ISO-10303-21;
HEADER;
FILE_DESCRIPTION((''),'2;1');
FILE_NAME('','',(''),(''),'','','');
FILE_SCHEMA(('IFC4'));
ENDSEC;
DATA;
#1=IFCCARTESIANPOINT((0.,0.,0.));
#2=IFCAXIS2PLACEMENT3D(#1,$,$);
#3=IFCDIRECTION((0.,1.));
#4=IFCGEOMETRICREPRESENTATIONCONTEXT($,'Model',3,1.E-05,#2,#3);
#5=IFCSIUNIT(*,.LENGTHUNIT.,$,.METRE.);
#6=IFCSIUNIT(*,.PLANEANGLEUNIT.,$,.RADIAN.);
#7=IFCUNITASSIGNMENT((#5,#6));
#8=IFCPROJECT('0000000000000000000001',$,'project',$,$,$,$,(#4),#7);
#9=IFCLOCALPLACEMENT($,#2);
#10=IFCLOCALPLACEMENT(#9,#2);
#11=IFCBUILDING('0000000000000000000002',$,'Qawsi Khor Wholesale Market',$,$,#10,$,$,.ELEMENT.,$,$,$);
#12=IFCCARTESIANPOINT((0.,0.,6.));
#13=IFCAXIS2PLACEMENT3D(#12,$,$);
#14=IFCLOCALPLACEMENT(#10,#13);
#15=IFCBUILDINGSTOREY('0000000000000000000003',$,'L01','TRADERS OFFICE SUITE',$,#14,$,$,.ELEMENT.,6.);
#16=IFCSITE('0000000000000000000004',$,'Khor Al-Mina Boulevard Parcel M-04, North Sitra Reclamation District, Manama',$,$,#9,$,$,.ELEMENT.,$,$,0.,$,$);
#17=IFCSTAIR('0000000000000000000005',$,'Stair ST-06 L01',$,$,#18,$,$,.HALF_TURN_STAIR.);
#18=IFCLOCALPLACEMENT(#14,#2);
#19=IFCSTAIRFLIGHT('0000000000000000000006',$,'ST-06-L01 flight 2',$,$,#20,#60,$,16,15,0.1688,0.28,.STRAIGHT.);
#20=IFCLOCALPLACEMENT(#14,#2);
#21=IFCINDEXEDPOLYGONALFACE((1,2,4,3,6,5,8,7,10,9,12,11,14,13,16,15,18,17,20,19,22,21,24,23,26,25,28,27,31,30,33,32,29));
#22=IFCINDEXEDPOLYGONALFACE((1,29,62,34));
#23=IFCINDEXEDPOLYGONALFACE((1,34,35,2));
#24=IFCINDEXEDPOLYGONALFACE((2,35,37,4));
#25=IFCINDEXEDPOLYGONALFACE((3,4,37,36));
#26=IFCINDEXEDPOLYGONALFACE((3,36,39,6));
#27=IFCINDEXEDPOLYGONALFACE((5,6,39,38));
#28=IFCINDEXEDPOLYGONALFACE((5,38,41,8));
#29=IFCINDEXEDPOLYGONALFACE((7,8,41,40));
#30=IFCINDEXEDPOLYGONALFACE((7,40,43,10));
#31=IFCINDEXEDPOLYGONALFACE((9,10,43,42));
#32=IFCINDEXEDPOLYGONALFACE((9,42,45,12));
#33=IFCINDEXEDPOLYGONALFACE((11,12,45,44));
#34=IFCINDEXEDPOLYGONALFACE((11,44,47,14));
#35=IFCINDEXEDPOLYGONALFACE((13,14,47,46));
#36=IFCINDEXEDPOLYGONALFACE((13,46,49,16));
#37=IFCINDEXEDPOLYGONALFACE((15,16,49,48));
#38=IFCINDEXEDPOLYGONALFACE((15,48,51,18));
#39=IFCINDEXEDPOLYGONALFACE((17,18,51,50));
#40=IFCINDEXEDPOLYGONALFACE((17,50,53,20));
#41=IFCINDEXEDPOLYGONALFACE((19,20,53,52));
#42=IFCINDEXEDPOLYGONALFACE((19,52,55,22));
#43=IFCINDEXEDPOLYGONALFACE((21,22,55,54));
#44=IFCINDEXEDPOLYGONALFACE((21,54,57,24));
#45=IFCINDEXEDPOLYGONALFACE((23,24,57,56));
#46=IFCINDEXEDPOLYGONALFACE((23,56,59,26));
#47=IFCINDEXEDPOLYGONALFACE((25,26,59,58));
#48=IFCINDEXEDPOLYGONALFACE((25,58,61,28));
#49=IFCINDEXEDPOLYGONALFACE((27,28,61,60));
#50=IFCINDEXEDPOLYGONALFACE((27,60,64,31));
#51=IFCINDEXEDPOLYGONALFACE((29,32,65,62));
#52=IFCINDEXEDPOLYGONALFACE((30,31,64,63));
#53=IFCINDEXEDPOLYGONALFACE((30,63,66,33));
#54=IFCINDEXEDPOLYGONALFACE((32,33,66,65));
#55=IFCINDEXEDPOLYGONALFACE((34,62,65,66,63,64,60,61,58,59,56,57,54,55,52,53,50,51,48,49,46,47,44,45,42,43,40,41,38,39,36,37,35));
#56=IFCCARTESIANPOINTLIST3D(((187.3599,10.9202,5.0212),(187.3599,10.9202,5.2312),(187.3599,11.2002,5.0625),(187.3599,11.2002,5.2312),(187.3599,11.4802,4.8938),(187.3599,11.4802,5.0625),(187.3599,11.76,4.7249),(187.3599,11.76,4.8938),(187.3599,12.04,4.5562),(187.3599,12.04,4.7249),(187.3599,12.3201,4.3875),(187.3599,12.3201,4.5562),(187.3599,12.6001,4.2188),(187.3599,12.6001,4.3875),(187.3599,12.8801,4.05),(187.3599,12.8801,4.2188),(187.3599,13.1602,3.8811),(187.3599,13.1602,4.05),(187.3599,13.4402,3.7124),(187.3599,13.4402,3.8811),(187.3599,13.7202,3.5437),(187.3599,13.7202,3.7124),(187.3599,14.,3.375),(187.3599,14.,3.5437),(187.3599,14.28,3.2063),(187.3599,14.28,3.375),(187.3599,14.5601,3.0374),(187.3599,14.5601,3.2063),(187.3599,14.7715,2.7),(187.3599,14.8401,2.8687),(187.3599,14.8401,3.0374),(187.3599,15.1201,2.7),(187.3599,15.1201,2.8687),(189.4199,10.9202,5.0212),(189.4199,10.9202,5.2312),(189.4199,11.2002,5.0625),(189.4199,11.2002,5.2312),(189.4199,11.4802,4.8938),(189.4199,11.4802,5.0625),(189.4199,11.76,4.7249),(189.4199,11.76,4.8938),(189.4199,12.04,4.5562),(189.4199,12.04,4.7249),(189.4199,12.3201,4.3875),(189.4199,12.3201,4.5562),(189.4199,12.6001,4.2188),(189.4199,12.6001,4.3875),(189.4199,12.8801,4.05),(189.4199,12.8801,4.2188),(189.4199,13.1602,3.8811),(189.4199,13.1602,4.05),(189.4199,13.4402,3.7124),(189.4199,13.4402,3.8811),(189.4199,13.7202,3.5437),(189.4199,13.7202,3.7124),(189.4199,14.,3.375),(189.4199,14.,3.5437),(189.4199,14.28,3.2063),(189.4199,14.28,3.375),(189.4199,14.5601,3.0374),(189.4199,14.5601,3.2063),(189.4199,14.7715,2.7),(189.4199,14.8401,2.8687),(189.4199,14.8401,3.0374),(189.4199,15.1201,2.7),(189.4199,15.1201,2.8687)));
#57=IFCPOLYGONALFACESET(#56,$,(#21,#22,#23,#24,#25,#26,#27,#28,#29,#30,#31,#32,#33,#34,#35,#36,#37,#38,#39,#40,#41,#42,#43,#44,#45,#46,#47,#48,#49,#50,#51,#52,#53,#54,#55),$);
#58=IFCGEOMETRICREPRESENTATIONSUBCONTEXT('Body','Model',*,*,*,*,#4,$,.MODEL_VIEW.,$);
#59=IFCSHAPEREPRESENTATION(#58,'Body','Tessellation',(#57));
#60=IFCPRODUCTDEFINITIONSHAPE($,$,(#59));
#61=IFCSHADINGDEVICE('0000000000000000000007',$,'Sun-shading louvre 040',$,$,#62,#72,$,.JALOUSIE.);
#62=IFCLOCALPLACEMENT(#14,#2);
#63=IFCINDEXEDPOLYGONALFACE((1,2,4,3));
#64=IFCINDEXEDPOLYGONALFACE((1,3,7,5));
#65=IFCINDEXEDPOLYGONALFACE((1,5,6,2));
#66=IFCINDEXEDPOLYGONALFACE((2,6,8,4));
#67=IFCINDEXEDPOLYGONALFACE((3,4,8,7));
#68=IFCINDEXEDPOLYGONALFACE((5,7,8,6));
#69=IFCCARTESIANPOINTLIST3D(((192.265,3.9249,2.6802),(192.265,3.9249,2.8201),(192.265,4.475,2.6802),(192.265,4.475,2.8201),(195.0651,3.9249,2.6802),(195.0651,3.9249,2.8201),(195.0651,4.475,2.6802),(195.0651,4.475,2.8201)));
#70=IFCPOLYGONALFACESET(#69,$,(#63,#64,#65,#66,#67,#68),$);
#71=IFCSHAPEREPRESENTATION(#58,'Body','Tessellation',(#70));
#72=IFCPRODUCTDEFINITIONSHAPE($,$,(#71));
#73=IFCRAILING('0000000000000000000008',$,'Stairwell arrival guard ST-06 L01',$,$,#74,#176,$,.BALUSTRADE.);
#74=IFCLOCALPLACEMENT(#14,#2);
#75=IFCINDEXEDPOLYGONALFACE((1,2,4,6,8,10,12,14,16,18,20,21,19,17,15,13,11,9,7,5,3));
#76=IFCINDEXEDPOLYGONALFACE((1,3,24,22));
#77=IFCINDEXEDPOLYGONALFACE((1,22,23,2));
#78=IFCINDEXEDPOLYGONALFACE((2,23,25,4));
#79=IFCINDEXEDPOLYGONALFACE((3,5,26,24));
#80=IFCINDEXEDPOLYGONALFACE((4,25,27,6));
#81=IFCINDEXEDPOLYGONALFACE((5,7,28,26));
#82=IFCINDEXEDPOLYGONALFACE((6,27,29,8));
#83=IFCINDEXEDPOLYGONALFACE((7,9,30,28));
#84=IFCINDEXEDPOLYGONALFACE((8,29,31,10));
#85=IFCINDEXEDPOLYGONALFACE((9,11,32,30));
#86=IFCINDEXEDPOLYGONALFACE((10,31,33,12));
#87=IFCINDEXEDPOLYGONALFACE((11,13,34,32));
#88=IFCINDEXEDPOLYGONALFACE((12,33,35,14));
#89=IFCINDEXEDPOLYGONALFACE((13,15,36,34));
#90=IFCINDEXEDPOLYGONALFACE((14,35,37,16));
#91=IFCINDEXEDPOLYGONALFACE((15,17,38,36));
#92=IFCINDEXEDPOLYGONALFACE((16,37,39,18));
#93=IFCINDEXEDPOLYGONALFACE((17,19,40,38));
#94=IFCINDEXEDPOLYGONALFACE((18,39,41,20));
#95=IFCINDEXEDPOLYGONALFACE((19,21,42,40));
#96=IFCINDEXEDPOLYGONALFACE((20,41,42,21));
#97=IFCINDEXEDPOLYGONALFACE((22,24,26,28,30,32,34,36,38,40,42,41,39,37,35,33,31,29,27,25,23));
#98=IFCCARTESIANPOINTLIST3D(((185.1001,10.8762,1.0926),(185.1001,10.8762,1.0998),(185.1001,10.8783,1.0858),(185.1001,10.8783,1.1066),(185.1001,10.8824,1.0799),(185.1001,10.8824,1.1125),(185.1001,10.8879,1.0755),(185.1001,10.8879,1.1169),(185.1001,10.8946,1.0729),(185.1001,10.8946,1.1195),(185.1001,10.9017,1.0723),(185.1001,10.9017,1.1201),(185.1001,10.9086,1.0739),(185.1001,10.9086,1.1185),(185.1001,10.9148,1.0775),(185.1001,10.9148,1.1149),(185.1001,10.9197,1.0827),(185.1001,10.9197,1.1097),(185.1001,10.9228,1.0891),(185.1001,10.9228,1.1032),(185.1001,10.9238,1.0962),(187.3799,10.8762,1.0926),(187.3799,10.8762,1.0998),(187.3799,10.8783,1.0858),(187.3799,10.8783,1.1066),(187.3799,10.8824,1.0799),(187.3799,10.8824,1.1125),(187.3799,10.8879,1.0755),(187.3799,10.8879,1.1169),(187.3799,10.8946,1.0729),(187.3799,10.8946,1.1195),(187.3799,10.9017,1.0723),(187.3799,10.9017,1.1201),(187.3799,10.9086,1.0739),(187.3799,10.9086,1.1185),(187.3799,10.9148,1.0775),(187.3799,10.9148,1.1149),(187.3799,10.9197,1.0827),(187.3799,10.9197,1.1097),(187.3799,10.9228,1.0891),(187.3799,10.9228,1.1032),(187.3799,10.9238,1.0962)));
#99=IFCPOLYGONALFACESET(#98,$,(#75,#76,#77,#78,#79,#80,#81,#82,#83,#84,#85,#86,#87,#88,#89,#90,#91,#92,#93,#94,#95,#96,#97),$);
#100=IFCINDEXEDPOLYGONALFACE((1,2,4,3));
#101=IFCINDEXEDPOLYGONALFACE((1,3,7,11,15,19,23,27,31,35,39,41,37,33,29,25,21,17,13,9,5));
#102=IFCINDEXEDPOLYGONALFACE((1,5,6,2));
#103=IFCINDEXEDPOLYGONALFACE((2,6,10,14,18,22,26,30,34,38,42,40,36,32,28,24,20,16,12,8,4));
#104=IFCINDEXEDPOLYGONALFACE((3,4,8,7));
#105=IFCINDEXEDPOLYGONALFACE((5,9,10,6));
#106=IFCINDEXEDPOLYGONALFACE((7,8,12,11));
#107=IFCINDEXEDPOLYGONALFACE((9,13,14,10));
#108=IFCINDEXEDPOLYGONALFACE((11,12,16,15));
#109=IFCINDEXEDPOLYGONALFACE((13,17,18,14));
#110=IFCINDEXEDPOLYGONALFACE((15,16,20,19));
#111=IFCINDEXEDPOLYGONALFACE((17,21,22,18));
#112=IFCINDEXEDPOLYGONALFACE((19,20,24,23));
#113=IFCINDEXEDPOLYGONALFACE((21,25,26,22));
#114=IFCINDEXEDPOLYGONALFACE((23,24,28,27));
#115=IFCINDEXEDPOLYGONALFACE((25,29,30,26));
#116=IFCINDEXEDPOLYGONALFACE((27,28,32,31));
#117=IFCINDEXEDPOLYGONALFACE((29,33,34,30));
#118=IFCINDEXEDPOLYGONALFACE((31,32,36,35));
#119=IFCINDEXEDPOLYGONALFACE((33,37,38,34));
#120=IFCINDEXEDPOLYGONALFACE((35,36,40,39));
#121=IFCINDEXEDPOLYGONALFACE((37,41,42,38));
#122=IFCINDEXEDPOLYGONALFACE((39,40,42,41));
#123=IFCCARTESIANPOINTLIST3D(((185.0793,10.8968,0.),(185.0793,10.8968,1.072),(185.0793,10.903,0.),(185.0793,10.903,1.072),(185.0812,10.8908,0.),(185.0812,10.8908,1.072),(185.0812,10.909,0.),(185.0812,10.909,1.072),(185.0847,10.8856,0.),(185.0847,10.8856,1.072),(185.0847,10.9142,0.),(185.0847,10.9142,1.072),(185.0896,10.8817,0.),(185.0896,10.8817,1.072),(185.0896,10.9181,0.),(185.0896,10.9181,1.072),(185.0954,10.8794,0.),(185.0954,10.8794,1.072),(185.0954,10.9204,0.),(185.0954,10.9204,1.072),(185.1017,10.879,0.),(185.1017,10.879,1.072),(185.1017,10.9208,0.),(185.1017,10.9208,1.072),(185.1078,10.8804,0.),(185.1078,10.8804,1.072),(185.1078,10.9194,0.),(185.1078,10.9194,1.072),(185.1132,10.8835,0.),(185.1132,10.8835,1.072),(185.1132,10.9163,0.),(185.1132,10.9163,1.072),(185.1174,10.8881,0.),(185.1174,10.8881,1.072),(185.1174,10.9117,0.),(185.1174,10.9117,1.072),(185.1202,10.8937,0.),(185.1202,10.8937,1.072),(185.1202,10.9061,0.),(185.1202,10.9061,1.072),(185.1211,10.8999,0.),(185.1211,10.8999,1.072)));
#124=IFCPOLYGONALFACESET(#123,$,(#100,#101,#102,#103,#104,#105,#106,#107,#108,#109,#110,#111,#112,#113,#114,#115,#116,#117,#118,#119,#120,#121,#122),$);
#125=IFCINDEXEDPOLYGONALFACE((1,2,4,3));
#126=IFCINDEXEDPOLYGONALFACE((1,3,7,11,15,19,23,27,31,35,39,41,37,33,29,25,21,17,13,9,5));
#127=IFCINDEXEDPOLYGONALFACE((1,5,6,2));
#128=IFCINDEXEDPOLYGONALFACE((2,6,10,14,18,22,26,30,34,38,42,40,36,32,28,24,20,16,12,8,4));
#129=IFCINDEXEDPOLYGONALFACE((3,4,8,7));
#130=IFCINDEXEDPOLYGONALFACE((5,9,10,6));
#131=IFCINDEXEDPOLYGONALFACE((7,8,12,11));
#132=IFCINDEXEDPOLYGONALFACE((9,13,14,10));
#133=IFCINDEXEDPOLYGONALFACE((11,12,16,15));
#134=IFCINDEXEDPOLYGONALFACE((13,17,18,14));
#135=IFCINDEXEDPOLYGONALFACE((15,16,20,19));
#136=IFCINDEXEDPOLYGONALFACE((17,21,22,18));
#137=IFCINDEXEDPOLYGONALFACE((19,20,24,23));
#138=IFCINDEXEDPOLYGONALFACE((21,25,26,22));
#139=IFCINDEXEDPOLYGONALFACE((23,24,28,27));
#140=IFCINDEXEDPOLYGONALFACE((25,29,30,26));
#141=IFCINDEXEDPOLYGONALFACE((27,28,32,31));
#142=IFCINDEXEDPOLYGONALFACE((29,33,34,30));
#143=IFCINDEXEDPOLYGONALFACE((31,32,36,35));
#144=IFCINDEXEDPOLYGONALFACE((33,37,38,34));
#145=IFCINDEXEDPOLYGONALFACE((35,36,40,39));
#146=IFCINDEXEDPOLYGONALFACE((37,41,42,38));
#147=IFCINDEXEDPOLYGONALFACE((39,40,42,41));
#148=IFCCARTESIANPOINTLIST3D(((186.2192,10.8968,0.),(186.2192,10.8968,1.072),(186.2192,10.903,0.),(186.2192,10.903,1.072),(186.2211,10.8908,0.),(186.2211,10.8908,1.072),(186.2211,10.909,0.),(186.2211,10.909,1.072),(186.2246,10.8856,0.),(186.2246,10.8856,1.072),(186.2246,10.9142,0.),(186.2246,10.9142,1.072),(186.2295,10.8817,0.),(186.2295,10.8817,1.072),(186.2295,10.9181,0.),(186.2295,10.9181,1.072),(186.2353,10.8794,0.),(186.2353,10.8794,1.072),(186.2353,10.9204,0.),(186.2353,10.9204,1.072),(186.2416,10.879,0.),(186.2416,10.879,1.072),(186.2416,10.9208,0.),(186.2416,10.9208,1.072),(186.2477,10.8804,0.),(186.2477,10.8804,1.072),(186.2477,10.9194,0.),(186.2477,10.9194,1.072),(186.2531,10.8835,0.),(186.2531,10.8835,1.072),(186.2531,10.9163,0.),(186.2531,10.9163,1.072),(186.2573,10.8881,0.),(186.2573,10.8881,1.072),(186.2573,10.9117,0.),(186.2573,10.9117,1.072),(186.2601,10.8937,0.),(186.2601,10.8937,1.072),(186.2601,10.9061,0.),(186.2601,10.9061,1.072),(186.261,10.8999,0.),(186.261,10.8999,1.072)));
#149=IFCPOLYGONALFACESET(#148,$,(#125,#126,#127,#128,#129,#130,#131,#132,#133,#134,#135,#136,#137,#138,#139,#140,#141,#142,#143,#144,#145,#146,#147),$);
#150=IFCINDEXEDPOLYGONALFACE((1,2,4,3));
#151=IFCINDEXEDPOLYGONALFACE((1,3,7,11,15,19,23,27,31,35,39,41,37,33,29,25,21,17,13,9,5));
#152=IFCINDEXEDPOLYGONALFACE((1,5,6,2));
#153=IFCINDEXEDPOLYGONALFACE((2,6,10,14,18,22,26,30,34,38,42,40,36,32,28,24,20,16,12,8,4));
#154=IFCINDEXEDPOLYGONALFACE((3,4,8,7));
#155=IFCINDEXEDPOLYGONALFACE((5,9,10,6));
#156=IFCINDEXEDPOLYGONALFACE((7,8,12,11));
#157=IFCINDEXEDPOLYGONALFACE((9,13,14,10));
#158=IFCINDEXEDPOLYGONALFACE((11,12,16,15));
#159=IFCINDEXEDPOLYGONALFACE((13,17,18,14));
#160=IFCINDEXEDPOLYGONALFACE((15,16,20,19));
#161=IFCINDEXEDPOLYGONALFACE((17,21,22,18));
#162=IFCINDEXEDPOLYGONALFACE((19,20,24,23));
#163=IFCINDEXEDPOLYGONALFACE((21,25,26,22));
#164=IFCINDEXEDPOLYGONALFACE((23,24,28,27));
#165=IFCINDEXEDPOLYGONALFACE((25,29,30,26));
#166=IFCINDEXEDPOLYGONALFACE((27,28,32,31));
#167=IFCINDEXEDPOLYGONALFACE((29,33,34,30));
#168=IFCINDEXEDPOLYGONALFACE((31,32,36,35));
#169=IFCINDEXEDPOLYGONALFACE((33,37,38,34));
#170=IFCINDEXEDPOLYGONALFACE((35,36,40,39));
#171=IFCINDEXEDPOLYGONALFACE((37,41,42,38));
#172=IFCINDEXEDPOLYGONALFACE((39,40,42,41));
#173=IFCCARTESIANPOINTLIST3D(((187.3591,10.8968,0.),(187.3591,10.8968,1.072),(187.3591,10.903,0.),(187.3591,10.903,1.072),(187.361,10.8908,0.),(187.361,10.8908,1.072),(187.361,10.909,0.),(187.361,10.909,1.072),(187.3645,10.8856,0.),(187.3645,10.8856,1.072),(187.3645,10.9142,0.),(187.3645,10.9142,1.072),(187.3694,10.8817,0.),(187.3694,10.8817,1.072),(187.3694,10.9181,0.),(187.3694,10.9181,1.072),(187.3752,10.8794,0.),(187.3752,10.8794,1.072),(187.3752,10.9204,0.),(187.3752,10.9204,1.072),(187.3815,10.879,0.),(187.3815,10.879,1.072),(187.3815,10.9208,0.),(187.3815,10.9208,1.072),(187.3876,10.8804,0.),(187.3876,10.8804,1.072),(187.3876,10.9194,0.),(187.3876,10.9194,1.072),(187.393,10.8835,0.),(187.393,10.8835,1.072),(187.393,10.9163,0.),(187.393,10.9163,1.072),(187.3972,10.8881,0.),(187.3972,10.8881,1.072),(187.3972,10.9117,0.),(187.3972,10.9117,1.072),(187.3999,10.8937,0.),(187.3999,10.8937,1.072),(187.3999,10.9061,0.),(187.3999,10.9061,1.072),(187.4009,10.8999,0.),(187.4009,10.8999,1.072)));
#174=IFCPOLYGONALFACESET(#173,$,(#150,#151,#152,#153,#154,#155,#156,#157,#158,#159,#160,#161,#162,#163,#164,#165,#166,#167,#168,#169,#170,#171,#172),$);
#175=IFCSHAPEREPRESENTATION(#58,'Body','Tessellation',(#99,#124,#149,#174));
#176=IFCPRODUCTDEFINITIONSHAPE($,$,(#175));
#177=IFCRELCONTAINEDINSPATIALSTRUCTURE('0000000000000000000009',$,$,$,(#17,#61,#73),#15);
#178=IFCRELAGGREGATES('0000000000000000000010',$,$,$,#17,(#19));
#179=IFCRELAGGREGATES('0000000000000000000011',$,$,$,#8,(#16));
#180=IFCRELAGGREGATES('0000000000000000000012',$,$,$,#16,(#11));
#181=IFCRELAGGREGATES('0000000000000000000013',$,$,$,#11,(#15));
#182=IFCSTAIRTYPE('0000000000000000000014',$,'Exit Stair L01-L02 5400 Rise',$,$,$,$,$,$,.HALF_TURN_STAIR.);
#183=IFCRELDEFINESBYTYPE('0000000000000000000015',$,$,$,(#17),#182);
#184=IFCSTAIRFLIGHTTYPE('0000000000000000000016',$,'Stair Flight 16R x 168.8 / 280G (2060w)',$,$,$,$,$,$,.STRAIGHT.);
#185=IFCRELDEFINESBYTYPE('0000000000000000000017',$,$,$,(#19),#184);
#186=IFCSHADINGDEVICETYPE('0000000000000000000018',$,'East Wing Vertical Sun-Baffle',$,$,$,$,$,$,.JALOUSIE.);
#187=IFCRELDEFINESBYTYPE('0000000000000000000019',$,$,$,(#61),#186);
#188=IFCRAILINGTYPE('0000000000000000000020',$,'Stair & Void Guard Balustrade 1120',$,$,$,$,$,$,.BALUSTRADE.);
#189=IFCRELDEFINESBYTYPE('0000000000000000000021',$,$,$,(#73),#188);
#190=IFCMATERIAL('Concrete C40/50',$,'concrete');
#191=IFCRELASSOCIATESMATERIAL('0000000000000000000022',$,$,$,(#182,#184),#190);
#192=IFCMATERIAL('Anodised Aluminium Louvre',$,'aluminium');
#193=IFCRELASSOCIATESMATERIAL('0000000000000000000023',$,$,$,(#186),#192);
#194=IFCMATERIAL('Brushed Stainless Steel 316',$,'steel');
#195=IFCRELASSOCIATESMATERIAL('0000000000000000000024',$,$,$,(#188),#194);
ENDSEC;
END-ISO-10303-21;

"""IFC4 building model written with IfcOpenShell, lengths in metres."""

from ifc_helpers import new_model, si_unit, direction, frame, origin, origin_2d, place, context, subcontext, project, spatial, polyline, rectangle, circle, outline, extrude, material, type_object, element, aggregate, save


model = new_model("IFC4")

# Units and contexts
model_context = context("Model", 3, precision=1e-05, world=origin(), true_north=direction((0.0, 1.0)))
body_context = subcontext(model_context, "Body", "Model", "MODEL_VIEW")
ifc_project = project(units=[si_unit("LENGTHUNIT", "METRE"), si_unit("PLANEANGLEUNIT", "RADIAN")], contexts=[model_context])

# Site, building, storey
site_placement = place(None, origin())
site = spatial("IfcSite", under=ifc_project, at=site_placement, Name="Khor Al-Mina Boulevard Parcel M-04, North Sitra Reclamation District, Manama", CompositionType="ELEMENT", RefElevation=0.0)
building_placement = place(site_placement, origin())
building = spatial("IfcBuilding", under=site, at=building_placement, Name="Qawsi Khor Wholesale Market", CompositionType="ELEMENT")
storey_placement = place(building_placement, frame((0.0, 0.0, 6.0)))
storey = spatial("IfcBuildingStorey", under=building, at=storey_placement, Name="L01", Description="TRADERS OFFICE SUITE", CompositionType="ELEMENT", Elevation=6.0)

# Shared definitions
ifc_material_1 = material(Name="Concrete C40/50", Category="concrete")

# Stair, stair flight
stair_type = type_object("IfcStairType", Name="Exit Stair L01-L02 5400 Rise", PredefinedType="HALF_TURN_STAIR", material=ifc_material_1)
stair_placement = place(storey_placement, origin())
stair = element("IfcStair", 1, at=stair_placement, inside=storey, type_object=stair_type, Name="Stair ST-06 L01", PredefinedType="HALF_TURN_STAIR")
stair_flight_type = type_object("IfcStairFlightType", Name="Stair Flight 16R x 168.8 / 280G (2060w)", PredefinedType="STRAIGHT", material=ifc_material_1)
stair_flight_1_placement = place(storey_placement, frame((188.3899, 15.1201, 2.7), z_axis=(0.0, 0.0, 1.0), x_axis=(0.0, -1.0, 0.0)))
stair_flight_1 = element("IfcStairFlight", 2, at=stair_flight_1_placement, type_object=stair_flight_type, Name="ST-06-L01 flight 2", NumberOfRisers=16, NumberOfTreads=15, PredefinedType="STRAIGHT", RiserHeight=0.1688, TreadLength=0.28, context=body_context, shape_type="SweptSolid", body=[
    extrude(outline(polyline([(0.0, 0.0), (0.0, 0.1687), (0.28, 0.1687), (0.28, 0.3374), (0.5601, 0.3374), (0.5601, 0.5063), (0.8401, 0.5063), (0.8401, 0.675), (1.1201, 0.675), (1.1201, 0.8438), (1.3999, 0.8438), (1.3999, 1.0125), (1.6799, 1.0125), (1.6799, 1.1812), (1.96, 1.1812), (1.96, 1.3501), (2.24, 1.3501), (2.24, 1.5188), (2.52, 1.5188), (2.52, 1.6875), (2.8, 1.6875), (2.8, 1.8562), (3.0801, 1.8562), (3.0801, 2.0249), (3.3601, 2.0249), (3.3601, 2.1938), (3.6399, 2.1938), (3.6399, 2.3625), (3.9199, 2.3625), (3.9199, 2.5312), (4.2, 2.5312), (4.2, 2.7), (4.2, 2.3213), (0.3486, 0.0), (0.0, 0.0)])), frame((0.0, 1.03, 0.0), z_axis=(0.0, -1.0, 0.0), x_axis=(1.0, 0.0, 0.0)), (0.0, 0.0, 1.0), 2.0601),
])
aggregate(stair, [stair_flight_1])

# Shading device
ifc_material_2 = material(Name="Anodised Aluminium Louvre", Category="aluminium")
shading_device_type = type_object("IfcShadingDeviceType", Name="East Wing Vertical Sun-Baffle", PredefinedType="JALOUSIE", material=ifc_material_2)
shading_device_placement = place(storey_placement, frame((193.665, 4.2, 2.6802), z_axis=(0.0, 0.0, 1.0), x_axis=(1.0, 0.0, 0.0)))
element("IfcShadingDevice", 3, at=shading_device_placement, inside=storey, type_object=shading_device_type, Name="Sun-shading louvre 040", PredefinedType="JALOUSIE", context=body_context, shape_type="SweptSolid", body=[
    extrude(rectangle(XDim=2.8, YDim=0.55, at=origin_2d()), origin(), (0.0, 0.0, 1.0), 0.1399),
])

# Railing
ifc_material_3 = material(Name="Brushed Stainless Steel 316", Category="steel")
railing_type_1 = type_object("IfcRailingType", Name="Stair & Void Guard Balustrade 1120", PredefinedType="BALUSTRADE", material=ifc_material_3)
railing_1_placement = place(storey_placement, frame((185.1001, 10.8999, 0.0)))
element("IfcRailing", 4, at=railing_1_placement, inside=storey, type_object=railing_type_1, Name="Stairwell arrival guard ST-06 L01", PredefinedType="BALUSTRADE", context=body_context, shape_type="SweptSolid", body=[
    extrude(circle(Radius=0.0239, at=origin_2d()), frame((0.0, 0.0, 1.0962), z_axis=(1.0, 0.0, 0.0), x_axis=(0.0, 1.0, 0.0)), (0.0, 0.0, 1.0), 2.2798),
    extrude(circle(Radius=0.021, at=origin_2d()), origin(), (0.0, 0.0, 1.0), 1.072),
    extrude(circle(Radius=0.021, at=origin_2d()), frame((1.1399, 0.0, 0.0)), (0.0, 0.0, 1.0), 1.072),
    extrude(circle(Radius=0.021, at=origin_2d()), frame((2.2798, 0.0, 0.0)), (0.0, 0.0, 1.0), 1.072),
])

save(model, "model.ifc")
